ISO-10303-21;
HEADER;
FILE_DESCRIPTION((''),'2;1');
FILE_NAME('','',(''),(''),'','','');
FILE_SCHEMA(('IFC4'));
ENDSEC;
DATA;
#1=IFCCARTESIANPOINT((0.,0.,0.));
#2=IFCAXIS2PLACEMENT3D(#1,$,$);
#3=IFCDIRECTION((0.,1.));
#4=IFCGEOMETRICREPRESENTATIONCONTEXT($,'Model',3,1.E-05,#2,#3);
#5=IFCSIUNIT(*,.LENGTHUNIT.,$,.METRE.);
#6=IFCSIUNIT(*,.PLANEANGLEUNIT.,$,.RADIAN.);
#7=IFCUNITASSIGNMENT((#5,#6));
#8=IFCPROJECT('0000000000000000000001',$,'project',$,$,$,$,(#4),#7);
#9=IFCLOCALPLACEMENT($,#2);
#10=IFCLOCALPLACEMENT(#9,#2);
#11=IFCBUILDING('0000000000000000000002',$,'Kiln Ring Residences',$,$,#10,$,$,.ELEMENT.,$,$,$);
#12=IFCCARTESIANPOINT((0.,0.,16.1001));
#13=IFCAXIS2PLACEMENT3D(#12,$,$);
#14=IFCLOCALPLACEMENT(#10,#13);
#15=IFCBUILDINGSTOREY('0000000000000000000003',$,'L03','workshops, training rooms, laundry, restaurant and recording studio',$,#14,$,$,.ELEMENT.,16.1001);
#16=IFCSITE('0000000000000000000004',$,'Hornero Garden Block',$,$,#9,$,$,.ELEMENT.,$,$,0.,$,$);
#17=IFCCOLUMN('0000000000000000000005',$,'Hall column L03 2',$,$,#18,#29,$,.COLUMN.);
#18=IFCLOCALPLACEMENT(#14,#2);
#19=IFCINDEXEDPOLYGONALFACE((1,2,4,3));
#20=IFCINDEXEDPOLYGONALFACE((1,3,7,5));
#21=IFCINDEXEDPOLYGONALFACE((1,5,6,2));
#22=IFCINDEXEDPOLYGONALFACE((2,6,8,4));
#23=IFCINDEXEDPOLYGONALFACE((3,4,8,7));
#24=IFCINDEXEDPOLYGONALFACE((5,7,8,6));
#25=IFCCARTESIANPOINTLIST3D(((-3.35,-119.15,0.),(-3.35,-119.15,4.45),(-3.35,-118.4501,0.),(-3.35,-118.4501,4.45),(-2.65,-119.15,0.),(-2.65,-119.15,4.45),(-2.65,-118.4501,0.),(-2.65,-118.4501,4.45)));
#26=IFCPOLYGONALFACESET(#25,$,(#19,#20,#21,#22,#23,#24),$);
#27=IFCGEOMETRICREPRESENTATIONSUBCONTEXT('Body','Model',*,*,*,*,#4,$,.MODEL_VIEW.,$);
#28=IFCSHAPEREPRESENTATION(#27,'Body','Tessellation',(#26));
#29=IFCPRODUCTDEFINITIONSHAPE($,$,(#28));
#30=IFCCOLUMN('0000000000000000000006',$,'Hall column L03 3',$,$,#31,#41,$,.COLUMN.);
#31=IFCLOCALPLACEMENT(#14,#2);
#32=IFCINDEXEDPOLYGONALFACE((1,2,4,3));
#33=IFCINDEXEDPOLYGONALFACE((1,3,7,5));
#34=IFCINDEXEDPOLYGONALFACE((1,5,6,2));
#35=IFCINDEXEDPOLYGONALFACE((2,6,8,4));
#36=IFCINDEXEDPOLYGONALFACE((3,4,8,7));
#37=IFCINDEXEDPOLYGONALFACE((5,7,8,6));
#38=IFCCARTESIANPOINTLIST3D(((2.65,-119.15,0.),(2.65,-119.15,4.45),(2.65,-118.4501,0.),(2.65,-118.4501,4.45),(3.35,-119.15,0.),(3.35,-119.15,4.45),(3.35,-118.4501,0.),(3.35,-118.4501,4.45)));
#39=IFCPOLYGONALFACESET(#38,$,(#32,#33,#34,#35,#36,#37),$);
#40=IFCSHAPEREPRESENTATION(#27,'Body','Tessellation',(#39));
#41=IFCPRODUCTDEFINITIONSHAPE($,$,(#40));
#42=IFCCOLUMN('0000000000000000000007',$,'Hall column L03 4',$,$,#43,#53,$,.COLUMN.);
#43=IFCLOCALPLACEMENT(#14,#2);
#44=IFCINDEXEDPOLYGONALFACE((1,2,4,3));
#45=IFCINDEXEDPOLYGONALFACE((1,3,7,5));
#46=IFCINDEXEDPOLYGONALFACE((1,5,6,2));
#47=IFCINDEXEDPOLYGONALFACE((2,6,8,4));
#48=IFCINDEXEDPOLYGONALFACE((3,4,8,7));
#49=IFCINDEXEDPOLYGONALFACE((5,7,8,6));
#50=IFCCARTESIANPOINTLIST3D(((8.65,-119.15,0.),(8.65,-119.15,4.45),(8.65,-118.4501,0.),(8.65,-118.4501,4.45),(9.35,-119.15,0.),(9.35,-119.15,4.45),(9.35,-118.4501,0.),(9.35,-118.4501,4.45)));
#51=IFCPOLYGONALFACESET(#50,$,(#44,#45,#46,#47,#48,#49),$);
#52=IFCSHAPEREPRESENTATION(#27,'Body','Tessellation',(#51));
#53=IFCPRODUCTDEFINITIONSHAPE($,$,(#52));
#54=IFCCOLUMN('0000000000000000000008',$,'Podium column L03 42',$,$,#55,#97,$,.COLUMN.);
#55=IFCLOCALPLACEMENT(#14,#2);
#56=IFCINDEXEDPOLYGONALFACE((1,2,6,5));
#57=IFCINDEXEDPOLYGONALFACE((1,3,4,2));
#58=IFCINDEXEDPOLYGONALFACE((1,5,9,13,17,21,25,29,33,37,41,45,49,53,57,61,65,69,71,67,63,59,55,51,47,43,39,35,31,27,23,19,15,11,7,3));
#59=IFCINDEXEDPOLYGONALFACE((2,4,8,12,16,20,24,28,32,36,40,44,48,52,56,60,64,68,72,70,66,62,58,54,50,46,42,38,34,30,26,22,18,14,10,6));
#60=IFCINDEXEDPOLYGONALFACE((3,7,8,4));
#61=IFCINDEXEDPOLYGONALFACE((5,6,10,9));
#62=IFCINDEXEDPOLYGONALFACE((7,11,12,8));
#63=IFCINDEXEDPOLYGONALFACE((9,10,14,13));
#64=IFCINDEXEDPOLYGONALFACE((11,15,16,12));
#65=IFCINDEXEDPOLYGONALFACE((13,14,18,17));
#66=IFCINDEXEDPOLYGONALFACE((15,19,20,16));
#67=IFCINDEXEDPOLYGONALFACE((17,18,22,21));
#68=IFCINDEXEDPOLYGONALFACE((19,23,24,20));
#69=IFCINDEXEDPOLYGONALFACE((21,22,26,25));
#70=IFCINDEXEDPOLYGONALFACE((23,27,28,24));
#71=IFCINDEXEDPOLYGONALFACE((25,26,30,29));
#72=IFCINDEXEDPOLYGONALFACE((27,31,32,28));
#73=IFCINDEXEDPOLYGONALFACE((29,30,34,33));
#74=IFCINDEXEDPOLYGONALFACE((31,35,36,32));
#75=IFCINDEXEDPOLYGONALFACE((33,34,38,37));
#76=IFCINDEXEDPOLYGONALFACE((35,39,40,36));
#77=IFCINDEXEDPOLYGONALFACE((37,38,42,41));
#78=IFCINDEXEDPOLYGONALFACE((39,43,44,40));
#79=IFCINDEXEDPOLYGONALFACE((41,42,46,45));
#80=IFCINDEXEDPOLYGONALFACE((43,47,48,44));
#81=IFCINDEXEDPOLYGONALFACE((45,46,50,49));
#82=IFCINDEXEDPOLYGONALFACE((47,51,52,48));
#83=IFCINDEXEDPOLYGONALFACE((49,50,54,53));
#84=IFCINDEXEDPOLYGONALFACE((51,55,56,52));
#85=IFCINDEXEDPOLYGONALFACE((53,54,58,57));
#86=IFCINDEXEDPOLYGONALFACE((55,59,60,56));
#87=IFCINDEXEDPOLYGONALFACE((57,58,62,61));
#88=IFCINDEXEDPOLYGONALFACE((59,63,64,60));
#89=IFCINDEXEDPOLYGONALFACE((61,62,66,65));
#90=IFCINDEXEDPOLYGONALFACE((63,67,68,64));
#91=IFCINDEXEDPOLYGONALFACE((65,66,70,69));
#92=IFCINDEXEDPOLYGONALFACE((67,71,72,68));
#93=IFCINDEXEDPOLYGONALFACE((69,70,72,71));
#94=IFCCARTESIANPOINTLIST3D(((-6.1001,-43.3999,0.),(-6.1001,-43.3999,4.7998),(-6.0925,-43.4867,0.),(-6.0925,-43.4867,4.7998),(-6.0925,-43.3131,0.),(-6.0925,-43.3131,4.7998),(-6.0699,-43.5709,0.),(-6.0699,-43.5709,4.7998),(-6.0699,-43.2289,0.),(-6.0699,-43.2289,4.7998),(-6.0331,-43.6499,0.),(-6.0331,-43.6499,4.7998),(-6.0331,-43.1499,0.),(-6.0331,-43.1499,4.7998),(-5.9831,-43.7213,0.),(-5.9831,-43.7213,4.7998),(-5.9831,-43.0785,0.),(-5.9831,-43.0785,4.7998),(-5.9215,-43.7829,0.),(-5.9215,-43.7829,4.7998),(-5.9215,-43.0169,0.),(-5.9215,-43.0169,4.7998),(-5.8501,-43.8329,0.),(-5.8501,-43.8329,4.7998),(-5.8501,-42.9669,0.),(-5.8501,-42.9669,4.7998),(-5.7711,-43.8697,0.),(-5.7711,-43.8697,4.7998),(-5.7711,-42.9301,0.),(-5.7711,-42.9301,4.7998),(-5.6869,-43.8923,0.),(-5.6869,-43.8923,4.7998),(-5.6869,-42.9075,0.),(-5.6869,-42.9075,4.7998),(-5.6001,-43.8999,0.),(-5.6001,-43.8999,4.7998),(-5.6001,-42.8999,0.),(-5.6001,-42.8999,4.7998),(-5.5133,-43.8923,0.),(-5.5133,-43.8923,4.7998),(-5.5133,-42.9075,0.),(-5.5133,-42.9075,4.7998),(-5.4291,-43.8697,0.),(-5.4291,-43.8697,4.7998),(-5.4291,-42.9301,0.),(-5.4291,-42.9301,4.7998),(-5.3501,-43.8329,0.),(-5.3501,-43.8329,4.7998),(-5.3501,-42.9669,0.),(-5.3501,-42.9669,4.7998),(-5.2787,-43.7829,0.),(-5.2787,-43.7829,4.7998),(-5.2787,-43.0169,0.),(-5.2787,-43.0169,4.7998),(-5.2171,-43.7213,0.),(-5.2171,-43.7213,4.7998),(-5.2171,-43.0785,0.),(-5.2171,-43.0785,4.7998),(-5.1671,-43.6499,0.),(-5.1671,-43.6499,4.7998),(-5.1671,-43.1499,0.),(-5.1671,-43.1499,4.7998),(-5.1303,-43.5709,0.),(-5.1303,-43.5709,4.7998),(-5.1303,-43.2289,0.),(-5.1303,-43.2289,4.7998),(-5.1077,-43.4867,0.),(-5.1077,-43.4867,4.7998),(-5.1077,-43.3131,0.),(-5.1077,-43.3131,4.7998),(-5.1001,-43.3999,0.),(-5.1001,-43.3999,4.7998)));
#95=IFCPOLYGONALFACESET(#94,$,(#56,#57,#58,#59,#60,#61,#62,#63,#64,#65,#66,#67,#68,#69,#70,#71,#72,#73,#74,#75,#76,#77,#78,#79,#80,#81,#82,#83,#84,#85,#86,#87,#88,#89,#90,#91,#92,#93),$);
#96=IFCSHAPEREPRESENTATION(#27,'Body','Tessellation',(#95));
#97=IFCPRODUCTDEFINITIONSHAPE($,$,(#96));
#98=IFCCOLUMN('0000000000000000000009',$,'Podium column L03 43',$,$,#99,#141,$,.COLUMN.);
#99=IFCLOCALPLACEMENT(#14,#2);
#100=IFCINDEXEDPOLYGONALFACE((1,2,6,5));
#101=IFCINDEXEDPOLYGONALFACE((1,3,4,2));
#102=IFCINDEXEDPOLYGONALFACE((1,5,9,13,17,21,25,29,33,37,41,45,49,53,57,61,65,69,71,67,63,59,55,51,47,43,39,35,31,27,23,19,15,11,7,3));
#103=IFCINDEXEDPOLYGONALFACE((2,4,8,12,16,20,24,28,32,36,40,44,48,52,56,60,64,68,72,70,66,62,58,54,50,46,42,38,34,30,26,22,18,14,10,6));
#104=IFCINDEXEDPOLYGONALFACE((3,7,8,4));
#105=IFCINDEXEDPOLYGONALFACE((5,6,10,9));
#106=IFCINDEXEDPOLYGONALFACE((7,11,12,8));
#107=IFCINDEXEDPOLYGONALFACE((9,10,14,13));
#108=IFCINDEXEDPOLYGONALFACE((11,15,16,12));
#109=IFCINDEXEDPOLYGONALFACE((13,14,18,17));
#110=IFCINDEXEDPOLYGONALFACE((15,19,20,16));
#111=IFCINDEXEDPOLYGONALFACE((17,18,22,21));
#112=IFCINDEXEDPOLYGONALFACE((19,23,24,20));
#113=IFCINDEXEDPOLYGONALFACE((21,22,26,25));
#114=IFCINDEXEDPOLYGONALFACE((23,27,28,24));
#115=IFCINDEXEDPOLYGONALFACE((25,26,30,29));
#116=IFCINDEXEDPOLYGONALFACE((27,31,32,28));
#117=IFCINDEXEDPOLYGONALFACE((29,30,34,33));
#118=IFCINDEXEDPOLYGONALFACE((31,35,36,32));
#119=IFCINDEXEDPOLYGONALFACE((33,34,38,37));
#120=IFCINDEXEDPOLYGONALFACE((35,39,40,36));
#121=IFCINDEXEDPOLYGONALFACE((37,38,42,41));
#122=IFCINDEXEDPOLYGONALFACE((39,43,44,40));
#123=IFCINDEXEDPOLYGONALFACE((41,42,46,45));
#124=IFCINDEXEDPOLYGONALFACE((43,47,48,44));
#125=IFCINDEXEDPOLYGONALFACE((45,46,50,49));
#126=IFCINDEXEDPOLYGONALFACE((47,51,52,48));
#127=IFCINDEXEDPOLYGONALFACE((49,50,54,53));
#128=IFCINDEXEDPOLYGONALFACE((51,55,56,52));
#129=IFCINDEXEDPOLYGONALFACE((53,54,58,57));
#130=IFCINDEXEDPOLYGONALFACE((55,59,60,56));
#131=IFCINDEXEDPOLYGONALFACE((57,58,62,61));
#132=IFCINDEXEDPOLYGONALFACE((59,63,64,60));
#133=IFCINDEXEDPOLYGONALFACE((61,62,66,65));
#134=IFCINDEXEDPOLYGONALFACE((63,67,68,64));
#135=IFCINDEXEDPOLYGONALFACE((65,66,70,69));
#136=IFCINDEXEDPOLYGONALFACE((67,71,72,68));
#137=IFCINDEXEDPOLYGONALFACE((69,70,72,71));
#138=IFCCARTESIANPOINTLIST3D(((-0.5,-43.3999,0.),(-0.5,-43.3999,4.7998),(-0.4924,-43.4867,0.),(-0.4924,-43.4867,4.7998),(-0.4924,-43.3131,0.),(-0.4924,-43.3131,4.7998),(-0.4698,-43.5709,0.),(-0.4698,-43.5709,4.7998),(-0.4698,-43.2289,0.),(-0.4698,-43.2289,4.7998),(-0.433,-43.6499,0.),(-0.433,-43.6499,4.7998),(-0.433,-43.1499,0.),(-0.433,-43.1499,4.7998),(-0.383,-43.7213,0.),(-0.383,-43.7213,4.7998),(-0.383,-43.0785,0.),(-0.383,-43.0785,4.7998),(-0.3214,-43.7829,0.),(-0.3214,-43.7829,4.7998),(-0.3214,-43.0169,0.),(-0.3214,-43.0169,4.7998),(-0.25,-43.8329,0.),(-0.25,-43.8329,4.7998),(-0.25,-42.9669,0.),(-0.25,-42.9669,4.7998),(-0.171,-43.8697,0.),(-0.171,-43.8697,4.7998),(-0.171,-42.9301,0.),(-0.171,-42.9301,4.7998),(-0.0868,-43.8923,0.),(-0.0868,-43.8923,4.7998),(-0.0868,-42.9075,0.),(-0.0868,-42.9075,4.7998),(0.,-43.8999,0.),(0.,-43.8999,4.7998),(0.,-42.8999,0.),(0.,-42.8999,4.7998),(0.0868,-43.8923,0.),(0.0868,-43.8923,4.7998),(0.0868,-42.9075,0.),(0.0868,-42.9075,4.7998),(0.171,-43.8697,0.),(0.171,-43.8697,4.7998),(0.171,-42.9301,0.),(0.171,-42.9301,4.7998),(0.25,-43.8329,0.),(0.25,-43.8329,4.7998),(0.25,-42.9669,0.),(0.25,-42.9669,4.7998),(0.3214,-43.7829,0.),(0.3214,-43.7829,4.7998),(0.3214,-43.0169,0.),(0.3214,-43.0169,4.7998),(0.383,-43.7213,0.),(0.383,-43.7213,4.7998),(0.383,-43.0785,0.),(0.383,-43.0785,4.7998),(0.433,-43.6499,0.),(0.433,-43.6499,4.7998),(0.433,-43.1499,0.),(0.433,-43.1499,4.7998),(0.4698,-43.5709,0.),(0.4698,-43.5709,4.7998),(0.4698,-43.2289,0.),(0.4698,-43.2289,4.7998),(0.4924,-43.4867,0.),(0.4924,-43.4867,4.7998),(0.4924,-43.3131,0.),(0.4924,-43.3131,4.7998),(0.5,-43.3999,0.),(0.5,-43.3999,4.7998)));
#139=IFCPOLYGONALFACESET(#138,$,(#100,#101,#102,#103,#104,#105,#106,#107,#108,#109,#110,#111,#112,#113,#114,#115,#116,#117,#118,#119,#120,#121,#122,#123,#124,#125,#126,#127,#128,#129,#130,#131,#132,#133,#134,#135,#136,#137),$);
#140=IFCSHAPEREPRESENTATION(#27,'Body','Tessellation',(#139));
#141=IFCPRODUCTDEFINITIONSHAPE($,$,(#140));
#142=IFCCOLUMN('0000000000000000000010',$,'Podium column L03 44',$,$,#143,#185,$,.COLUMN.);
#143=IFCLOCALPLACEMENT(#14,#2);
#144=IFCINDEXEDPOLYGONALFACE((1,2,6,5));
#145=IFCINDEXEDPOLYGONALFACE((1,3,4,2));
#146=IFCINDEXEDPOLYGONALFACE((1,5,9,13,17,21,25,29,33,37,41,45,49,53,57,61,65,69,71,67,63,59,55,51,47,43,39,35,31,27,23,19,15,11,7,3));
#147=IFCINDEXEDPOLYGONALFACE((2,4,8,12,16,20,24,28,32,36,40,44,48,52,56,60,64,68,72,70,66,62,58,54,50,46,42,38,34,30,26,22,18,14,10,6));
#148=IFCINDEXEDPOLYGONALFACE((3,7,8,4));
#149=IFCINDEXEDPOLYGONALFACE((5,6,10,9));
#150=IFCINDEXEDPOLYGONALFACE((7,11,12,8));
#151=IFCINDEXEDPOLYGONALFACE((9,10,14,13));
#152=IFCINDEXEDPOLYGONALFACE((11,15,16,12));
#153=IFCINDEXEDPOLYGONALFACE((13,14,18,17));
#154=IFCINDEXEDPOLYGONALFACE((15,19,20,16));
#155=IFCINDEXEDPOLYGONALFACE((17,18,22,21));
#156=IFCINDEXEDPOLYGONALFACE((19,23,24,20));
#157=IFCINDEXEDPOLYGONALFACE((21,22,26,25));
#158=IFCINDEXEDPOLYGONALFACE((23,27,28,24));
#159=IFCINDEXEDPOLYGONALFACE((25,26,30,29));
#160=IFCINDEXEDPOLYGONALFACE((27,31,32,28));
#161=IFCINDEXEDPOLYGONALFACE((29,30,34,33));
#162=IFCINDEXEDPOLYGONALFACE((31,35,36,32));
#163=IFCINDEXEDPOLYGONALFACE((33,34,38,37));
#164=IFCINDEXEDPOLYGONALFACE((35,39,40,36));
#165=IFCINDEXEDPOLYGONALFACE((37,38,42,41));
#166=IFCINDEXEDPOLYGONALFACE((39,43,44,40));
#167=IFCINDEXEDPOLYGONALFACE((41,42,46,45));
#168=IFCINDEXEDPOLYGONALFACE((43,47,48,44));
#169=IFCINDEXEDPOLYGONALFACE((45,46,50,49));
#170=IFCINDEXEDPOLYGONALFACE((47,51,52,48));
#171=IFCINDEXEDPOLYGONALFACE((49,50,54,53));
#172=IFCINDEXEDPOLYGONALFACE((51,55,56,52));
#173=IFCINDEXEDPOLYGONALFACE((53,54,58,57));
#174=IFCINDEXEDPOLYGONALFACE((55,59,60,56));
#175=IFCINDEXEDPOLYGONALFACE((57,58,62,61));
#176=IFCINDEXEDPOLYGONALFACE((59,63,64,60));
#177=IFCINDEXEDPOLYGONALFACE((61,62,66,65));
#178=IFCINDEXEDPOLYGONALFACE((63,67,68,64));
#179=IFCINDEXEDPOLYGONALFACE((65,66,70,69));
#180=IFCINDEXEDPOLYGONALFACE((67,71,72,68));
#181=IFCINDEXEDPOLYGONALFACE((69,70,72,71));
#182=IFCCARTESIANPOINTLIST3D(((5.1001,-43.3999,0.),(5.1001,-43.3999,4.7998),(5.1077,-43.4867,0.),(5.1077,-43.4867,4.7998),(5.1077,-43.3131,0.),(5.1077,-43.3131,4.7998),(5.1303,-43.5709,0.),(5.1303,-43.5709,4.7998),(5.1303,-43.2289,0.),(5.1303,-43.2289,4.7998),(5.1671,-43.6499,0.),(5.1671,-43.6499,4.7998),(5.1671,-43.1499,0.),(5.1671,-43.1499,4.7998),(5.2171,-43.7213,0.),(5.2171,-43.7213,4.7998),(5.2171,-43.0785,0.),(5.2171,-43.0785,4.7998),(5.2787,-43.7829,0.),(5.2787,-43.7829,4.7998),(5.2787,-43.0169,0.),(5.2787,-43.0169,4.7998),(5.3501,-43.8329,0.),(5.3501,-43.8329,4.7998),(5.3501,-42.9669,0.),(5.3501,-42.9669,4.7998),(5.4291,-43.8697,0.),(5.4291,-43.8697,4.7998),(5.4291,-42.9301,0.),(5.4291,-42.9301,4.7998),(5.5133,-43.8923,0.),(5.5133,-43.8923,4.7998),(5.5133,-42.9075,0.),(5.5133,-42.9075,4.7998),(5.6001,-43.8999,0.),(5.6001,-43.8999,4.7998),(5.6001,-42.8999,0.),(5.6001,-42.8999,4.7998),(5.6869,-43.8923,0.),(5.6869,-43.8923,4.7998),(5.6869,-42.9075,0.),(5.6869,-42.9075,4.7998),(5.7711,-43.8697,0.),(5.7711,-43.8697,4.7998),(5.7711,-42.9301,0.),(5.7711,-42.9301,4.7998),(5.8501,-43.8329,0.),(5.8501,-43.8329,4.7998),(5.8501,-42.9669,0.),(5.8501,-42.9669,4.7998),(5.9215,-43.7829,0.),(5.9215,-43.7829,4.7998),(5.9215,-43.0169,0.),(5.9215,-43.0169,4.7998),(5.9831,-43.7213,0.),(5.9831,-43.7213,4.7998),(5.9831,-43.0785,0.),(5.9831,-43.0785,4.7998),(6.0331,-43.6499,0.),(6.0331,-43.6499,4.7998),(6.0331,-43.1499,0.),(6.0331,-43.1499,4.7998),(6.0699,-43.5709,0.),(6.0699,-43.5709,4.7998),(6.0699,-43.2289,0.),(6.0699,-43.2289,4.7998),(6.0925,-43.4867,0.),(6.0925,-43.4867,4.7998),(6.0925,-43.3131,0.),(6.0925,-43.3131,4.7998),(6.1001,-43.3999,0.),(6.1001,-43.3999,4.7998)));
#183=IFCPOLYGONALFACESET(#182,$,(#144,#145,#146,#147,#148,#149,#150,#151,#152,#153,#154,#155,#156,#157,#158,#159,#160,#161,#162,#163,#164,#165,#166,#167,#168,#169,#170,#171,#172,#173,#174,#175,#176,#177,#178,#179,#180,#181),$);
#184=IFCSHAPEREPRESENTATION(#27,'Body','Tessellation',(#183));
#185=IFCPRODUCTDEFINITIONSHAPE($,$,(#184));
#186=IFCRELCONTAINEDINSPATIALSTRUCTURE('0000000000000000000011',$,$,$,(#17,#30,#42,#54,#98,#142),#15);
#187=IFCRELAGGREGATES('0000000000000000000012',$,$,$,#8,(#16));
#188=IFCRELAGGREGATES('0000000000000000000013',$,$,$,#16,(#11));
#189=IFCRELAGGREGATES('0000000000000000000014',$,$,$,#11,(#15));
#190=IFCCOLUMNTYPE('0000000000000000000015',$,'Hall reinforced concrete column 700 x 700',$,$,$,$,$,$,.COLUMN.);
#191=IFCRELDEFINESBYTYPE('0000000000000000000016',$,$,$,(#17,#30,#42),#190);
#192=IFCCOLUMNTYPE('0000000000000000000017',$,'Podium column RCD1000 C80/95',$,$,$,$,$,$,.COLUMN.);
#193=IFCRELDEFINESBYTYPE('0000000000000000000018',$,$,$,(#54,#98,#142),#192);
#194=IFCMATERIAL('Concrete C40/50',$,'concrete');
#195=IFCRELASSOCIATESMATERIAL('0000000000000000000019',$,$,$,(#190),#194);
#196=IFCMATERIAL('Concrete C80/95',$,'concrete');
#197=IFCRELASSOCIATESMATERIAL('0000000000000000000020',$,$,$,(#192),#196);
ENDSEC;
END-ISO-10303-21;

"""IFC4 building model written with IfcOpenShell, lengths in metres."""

from ifc_helpers import new_model, si_unit, direction, frame, origin, origin_2d, place, context, subcontext, project, spatial, rectangle, circle, extrude, material, material_profile, profile_set, type_object, element, save


model = new_model("IFC4")

# Units and contexts
model_context = context("Model", 3, precision=1e-05, world=origin(), true_north=direction((0.0, 1.0)))
body_context = subcontext(model_context, "Body", "Model", "MODEL_VIEW")
ifc_project = project(units=[si_unit("LENGTHUNIT", "METRE"), si_unit("PLANEANGLEUNIT", "RADIAN")], contexts=[model_context])

# Site, building, storey
site_placement = place(None, origin())
site = spatial("IfcSite", under=ifc_project, at=site_placement, Name="Hornero Garden Block", CompositionType="ELEMENT", RefElevation=0.0)
building_placement = place(site_placement, origin())
building = spatial("IfcBuilding", under=site, at=building_placement, Name="Kiln Ring Residences", CompositionType="ELEMENT")
storey_placement = place(building_placement, frame((0.0, 0.0, 16.1001)))
storey = spatial("IfcBuildingStorey", under=building, at=storey_placement, Name="L03", Description="workshops, training rooms, laundry, restaurant and recording studio", CompositionType="ELEMENT", Elevation=16.1001)

# Columns
ifc_material_1 = material(Name="Concrete C40/50", Category="concrete")
ifc_material_profile_1 = material_profile(ifc_material_1, rectangle(XDim=0.7, YDim=0.7, at=origin_2d()), Name="Hall reinforced concrete column 700 x 700")
ifc_profile_set_1 = profile_set([ifc_material_profile_1], Name="Concrete C40/50")
column_type_1 = type_object("IfcColumnType", Name="Hall reinforced concrete column 700 x 700", PredefinedType="COLUMN", material=ifc_profile_set_1)
for number, where, z_axis, x_axis, name in (
    (1, (-3.0, -118.8, 0.0), (0.0, 0.0, 1.0), (1.0, 0.0, 0.0), "Hall column L03 2"),
    (2, (3.0, -118.8, 0.0), (0.0, 0.0, 1.0), (1.0, 0.0, 0.0), "Hall column L03 3"),
    (3, (9.0, -118.8, 0.0), (0.0, 0.0, 1.0), (1.0, 0.0, 0.0), "Hall column L03 4"),
):
    element("IfcColumn", number, at=place(storey_placement, frame(where, z_axis=z_axis, x_axis=x_axis)), inside=storey, type_object=column_type_1, Name=name, PredefinedType="COLUMN", context=body_context, shape_type="SweptSolid", body=[
        extrude(rectangle(XDim=0.7, YDim=0.7, at=origin_2d()), origin(), (0.0, 0.0, 1.0), 4.45),
    ])
ifc_material_2 = material(Name="Concrete C80/95", Category="concrete")
ifc_material_profile_2 = material_profile(ifc_material_2, circle(Radius=0.5, at=origin_2d()), Name="RCD1000")
ifc_profile_set_2 = profile_set([ifc_material_profile_2], Name="Concrete C80/95")
column_type_2 = type_object("IfcColumnType", Name="Podium column RCD1000 C80/95", PredefinedType="COLUMN", material=ifc_profile_set_2)
for number, where, z_axis, x_axis, name in (
    (4, (-5.6001, -43.3999, 0.0), (0.0, 0.0, 1.0), (1.0, 0.0, 0.0), "Podium column L03 42"),
    (5, (0.0, -43.3999, 0.0), (0.0, 0.0, 1.0), (1.0, 0.0, 0.0), "Podium column L03 43"),
    (6, (5.6001, -43.3999, 0.0), (0.0, 0.0, 1.0), (1.0, 0.0, 0.0), "Podium column L03 44"),
):
    element("IfcColumn", number, at=place(storey_placement, frame(where, z_axis=z_axis, x_axis=x_axis)), inside=storey, type_object=column_type_2, Name=name, PredefinedType="COLUMN", context=body_context, shape_type="SweptSolid", body=[
        extrude(circle(Radius=0.5, at=origin_2d()), origin(), (0.0, 0.0, 1.0), 4.7998),
    ])

save(model, "model.ifc")
